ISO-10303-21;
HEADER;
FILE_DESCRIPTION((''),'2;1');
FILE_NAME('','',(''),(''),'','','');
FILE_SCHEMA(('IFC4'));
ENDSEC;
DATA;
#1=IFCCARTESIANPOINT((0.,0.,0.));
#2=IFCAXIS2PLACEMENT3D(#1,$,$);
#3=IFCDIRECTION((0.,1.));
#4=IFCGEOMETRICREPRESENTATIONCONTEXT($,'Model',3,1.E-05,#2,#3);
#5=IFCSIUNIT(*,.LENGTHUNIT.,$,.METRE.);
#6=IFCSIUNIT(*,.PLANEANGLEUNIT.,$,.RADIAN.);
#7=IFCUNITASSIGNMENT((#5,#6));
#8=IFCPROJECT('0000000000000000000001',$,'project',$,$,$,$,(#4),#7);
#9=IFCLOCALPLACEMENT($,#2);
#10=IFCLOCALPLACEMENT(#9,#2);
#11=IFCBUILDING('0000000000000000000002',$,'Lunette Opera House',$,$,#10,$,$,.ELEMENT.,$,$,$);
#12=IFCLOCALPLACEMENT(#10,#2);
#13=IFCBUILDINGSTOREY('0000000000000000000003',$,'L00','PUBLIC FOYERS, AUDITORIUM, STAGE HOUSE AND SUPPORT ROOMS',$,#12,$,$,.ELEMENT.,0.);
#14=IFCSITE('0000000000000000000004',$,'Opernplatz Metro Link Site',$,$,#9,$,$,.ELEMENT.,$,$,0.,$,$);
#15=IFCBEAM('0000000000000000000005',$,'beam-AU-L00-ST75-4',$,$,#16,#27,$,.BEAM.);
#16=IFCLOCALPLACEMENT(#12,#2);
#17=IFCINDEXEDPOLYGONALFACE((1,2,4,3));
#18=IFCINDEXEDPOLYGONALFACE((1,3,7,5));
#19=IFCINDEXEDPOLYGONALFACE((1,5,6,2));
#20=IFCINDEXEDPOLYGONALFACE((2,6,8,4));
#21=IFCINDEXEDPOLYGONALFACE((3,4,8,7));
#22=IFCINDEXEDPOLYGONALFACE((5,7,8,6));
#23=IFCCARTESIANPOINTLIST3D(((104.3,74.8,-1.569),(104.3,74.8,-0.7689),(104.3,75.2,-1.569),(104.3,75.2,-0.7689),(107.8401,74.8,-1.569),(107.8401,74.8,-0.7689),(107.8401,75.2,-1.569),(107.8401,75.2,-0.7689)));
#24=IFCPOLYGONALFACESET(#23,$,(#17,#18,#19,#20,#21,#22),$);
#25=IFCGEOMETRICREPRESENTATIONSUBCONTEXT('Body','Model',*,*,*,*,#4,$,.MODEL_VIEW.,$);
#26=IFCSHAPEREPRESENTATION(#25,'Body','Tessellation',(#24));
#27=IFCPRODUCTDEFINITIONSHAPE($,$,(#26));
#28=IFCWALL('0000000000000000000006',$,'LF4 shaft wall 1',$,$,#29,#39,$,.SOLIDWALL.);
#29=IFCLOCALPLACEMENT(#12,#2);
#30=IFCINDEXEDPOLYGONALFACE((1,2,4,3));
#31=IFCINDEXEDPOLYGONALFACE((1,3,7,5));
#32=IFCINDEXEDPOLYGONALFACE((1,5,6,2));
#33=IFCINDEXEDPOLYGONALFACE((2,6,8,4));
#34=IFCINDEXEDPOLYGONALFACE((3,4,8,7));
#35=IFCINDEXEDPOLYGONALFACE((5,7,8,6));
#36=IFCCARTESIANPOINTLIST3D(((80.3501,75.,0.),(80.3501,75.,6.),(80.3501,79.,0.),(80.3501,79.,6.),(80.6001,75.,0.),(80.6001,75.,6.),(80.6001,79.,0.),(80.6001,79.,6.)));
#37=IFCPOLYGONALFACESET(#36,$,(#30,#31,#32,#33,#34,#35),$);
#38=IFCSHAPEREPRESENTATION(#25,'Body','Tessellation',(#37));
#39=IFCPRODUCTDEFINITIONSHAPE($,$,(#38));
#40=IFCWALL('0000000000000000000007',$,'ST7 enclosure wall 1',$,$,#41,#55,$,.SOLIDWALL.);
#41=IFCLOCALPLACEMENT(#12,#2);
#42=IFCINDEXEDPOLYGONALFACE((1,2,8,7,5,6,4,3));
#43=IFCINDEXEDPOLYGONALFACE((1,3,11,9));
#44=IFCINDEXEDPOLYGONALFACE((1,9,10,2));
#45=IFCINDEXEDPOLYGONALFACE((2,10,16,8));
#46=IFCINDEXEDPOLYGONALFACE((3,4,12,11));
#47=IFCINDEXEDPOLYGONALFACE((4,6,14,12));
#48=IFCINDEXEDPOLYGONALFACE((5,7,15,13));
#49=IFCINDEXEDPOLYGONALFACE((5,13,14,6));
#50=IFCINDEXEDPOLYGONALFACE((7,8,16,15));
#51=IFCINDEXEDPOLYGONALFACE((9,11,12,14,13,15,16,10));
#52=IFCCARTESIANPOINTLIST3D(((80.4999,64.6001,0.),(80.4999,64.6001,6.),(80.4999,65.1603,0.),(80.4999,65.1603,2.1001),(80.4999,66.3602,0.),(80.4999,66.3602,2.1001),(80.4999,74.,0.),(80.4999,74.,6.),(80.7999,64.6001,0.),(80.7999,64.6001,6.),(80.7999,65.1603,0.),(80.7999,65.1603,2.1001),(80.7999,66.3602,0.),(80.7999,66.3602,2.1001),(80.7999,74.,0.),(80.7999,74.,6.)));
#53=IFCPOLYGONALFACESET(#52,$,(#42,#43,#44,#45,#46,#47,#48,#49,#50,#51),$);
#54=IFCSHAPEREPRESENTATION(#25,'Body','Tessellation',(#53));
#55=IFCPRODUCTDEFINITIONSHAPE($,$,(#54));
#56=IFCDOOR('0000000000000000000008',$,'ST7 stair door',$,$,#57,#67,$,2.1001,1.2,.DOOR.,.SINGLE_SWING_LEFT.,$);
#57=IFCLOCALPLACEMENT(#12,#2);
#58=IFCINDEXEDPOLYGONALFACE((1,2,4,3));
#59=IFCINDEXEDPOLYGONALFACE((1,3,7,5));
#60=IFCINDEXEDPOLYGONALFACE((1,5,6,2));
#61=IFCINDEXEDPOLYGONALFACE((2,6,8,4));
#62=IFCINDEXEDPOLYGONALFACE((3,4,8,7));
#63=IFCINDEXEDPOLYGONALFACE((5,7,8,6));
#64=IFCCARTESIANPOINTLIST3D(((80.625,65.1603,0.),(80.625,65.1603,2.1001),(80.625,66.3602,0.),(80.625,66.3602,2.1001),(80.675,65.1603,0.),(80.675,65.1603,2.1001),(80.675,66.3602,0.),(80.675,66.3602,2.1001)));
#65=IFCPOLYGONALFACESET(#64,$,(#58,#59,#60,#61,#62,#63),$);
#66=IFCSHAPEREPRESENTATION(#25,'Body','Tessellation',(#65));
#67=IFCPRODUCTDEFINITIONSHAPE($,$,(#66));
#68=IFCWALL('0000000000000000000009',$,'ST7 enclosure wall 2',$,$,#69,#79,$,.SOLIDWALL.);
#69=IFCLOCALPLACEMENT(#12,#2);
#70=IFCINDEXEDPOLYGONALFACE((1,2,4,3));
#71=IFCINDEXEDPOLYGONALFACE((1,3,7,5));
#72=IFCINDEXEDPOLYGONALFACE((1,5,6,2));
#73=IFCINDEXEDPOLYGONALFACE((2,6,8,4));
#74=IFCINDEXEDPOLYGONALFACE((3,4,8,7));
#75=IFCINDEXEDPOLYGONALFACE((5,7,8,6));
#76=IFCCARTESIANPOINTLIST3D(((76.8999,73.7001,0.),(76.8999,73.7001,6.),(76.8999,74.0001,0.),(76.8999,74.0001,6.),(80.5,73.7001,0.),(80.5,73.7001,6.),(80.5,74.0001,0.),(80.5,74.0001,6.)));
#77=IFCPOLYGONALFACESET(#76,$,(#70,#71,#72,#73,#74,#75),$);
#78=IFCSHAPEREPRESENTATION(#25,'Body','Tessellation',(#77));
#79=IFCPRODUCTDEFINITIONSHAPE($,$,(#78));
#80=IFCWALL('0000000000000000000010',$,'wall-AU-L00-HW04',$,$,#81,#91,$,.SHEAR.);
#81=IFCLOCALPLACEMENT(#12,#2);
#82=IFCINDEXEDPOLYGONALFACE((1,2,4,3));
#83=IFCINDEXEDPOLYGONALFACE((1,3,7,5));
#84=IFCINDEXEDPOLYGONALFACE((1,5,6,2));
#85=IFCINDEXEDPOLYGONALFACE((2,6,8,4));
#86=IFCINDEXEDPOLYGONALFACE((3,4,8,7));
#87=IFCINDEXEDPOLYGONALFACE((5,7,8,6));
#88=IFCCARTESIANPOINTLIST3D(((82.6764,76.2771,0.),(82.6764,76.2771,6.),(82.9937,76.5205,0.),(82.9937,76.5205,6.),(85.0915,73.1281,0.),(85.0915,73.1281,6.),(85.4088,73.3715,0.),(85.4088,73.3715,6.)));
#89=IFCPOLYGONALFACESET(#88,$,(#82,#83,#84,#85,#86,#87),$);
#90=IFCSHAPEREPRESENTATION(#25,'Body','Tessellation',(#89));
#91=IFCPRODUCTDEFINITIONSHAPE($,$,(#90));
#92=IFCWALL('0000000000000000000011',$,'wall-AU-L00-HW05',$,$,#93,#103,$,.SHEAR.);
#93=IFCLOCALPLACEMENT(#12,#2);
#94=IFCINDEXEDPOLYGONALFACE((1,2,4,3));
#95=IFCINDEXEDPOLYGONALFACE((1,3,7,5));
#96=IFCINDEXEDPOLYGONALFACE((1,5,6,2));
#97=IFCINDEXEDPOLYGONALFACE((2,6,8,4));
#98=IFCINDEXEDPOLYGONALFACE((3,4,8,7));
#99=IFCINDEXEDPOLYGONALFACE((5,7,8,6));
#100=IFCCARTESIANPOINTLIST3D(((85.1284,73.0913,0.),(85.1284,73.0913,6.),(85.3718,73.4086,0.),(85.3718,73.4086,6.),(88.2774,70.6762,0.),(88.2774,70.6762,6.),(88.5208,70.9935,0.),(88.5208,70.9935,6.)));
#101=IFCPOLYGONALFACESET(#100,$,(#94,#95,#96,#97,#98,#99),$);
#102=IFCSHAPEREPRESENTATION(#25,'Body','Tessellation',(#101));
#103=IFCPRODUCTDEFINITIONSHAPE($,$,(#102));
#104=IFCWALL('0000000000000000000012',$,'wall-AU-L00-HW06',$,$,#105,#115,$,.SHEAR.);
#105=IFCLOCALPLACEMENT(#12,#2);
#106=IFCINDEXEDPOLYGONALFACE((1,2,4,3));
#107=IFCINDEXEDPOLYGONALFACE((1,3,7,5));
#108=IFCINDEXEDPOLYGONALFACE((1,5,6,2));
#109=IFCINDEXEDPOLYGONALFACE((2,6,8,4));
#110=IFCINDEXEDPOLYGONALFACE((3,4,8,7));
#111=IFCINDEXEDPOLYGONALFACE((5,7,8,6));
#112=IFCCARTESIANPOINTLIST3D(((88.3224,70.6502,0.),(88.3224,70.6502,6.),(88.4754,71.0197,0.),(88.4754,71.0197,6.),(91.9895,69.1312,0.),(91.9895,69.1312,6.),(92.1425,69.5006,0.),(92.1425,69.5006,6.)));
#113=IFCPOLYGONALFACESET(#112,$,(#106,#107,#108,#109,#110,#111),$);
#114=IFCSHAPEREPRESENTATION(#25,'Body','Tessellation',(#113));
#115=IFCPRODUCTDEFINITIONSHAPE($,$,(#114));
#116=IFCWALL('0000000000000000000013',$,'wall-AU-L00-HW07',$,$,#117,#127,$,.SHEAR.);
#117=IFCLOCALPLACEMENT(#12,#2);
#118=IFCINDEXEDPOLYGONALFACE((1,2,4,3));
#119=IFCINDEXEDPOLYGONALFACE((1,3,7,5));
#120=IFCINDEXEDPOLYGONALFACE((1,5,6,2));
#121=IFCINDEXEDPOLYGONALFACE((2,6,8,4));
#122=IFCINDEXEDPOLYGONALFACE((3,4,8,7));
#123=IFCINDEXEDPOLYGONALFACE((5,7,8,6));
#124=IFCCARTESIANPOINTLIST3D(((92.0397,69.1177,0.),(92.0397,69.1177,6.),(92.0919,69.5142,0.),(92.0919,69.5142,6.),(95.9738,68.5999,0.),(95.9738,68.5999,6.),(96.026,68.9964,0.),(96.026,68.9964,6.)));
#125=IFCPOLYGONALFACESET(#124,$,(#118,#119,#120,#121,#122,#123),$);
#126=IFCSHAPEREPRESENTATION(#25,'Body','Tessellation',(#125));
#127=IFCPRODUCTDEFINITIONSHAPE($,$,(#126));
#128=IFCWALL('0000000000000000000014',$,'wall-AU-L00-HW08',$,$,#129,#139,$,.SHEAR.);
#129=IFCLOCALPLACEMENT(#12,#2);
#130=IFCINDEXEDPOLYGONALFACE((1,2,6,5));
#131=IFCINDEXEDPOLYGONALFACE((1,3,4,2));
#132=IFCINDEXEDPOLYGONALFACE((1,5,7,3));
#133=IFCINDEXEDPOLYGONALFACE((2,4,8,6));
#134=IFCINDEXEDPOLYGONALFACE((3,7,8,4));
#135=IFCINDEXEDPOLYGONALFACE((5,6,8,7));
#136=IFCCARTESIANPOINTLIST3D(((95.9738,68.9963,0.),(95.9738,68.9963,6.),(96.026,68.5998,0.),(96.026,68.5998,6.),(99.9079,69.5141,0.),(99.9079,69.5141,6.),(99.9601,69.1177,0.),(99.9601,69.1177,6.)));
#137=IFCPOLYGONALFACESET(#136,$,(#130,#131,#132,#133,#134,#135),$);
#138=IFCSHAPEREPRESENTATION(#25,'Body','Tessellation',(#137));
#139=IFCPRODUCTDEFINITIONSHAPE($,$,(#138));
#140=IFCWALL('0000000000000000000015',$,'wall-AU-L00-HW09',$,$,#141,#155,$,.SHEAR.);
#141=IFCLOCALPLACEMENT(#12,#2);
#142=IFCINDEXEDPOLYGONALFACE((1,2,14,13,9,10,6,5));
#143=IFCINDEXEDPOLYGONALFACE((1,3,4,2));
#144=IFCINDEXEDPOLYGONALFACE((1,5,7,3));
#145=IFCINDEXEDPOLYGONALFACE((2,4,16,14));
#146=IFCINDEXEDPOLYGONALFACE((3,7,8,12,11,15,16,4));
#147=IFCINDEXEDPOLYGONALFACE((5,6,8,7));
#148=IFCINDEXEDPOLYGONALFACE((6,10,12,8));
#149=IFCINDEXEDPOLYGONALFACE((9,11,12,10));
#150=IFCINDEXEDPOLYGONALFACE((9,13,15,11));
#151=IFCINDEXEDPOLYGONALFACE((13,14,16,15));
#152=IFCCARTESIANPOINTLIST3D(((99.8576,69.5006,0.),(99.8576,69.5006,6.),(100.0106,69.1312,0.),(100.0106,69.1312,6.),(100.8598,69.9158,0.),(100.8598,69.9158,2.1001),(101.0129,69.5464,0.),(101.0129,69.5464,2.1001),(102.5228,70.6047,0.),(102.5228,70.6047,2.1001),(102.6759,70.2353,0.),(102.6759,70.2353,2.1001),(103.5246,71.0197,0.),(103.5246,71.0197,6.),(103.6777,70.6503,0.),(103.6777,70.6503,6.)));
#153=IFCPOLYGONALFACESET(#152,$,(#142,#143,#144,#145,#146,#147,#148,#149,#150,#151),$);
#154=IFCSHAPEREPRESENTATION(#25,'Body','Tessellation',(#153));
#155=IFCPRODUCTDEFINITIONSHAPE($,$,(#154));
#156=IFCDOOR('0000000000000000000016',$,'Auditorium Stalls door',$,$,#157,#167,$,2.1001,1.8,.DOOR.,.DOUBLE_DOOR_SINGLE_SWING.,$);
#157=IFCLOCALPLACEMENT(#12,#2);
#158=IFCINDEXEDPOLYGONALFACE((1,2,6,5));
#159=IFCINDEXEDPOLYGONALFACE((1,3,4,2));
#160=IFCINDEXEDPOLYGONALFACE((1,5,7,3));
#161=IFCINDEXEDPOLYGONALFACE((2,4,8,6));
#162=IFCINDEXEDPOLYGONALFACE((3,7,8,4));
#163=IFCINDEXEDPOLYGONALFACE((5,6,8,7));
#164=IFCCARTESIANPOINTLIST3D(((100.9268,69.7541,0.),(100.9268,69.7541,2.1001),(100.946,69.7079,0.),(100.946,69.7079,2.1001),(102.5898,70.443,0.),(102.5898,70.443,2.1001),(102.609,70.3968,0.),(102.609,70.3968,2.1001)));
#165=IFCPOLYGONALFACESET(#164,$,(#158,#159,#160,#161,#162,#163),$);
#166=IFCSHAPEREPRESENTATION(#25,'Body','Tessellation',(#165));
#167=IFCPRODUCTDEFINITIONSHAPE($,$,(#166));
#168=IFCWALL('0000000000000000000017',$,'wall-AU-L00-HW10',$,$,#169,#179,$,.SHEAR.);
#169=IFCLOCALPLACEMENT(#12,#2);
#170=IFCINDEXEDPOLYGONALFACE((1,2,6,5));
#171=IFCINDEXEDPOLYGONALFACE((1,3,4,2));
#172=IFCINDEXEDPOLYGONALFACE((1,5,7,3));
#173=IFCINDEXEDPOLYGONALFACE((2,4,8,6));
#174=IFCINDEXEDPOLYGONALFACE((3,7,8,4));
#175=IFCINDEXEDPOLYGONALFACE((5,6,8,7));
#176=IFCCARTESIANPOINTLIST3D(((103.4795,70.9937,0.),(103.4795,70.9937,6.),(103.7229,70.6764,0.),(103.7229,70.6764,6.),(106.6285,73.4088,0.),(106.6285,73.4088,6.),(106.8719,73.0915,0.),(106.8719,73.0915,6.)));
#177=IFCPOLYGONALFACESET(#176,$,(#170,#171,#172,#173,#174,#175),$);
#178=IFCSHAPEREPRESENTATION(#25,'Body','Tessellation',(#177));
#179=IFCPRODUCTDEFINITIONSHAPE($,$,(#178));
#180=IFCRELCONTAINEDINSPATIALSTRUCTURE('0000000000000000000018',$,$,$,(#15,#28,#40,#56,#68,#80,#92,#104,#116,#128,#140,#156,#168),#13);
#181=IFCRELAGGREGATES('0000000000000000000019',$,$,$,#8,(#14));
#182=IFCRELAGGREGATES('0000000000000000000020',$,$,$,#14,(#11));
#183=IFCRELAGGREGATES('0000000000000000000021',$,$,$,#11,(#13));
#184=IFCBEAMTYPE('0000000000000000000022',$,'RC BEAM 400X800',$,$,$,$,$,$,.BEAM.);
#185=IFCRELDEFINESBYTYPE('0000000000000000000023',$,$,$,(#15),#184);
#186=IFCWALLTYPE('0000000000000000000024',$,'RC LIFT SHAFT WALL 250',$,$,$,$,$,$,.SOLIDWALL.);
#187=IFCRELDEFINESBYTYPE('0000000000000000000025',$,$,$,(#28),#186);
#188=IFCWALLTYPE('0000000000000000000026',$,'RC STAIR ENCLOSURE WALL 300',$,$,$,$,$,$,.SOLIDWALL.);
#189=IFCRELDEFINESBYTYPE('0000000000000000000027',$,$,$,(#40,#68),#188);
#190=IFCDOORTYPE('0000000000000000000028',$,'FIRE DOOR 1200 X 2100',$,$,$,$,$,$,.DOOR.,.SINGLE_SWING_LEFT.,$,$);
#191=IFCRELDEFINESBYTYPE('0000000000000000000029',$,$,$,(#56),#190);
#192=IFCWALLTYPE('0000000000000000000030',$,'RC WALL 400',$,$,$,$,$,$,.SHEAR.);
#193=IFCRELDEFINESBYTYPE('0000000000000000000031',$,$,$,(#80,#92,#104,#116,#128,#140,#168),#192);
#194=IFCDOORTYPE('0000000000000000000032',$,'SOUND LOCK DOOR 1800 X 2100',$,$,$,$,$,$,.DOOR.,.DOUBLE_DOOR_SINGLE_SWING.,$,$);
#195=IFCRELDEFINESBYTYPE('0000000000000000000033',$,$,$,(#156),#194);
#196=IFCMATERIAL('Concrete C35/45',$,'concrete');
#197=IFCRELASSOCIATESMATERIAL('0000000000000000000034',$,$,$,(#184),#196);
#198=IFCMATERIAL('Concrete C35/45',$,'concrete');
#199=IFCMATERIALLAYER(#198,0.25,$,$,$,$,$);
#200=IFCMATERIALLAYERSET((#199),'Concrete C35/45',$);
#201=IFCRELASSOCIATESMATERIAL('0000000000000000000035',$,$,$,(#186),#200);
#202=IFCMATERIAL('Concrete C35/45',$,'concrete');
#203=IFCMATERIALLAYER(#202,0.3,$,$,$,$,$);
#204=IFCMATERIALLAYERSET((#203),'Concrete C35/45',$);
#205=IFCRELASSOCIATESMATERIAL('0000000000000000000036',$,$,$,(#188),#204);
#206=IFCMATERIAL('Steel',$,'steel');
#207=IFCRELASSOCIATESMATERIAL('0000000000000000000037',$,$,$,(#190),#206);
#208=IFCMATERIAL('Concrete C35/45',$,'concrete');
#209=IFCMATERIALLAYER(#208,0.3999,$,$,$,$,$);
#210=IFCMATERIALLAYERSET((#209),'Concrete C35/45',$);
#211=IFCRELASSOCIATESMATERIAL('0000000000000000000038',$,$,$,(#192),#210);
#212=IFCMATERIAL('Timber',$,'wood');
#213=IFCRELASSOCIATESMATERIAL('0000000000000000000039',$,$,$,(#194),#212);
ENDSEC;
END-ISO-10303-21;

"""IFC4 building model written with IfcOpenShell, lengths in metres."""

from ifc_helpers import new_model, si_unit, direction, frame, frame_2d, origin, origin_2d, place, context, subcontext, project, spatial, rectangle, extrude, material, layer, layer_set, material_profile, profile_set, type_object, element, fill, save


model = new_model("IFC4")

# Units and contexts
model_context = context("Model", 3, precision=1e-05, world=origin(), true_north=direction((0.0, 1.0)))
body_context = subcontext(model_context, "Body", "Model", "MODEL_VIEW")
ifc_project = project(units=[si_unit("LENGTHUNIT", "METRE"), si_unit("PLANEANGLEUNIT", "RADIAN")], contexts=[model_context])

# Site, building, storey
site_placement = place(None, origin())
site = spatial("IfcSite", under=ifc_project, at=site_placement, Name="Opernplatz Metro Link Site", CompositionType="ELEMENT", RefElevation=0.0)
building_placement = place(site_placement, origin())
building = spatial("IfcBuilding", under=site, at=building_placement, Name="Lunette Opera House", CompositionType="ELEMENT")
storey_placement = place(building_placement, origin())
storey = spatial("IfcBuildingStorey", under=building, at=storey_placement, Name="L00", Description="PUBLIC FOYERS, AUDITORIUM, STAGE HOUSE AND SUPPORT ROOMS", CompositionType="ELEMENT", Elevation=0.0)

# Beam
ifc_material_1 = material(Name="Concrete C35/45", Category="concrete")
ifc_material_profile_1 = material_profile(ifc_material_1, rectangle(XDim=0.3999, YDim=0.8, at=origin_2d()), Name="RC BEAM 400X800")
ifc_profile_set_1 = profile_set([ifc_material_profile_1], Name="Concrete C35/45")
beam_type = type_object("IfcBeamType", Name="RC BEAM 400X800", PredefinedType="BEAM", material=ifc_profile_set_1)
beam_1_placement = place(storey_placement, frame((104.3, 75.0, -1.1689), z_axis=(1.0, 0.0, 0.0), x_axis=(0.0, 1.0, 0.0)))
element("IfcBeam", 1, at=beam_1_placement, inside=storey, type_object=beam_type, Name="beam-AU-L00-ST75-4", PredefinedType="BEAM", context=body_context, shape_type="SweptSolid", body=[
    extrude(rectangle(XDim=0.3999, YDim=0.8, at=origin_2d()), origin(), (0.0, 0.0, 1.0), 3.54),
])

# Wall
ifc_material_2 = material(Name="Concrete C35/45", Category="concrete")
ifc_layer_1 = layer(ifc_material_2, 0.25)
ifc_layer_set_1 = layer_set([ifc_layer_1], Name="Concrete C35/45")
wall_type_1 = type_object("IfcWallType", Name="RC LIFT SHAFT WALL 250", PredefinedType="SOLIDWALL", material=ifc_layer_set_1)
wall_1_placement = place(storey_placement, frame((80.4751, 75.0, 0.0), z_axis=(0.0, 0.0, 1.0), x_axis=(0.0, 1.0, 0.0)))
element("IfcWall", 2, at=wall_1_placement, inside=storey, type_object=wall_type_1, Name="LF4 shaft wall 1", PredefinedType="SOLIDWALL", context=body_context, shape_type="SweptSolid", body=[
    extrude(rectangle(XDim=4.0, YDim=0.25, at=frame_2d((2.0, 0.0))), origin(), (0.0, 0.0, 1.0), 6.0),
])

# Wall, opening, door
ifc_material_3 = material(Name="Concrete C35/45", Category="concrete")
ifc_layer_2 = layer(ifc_material_3, 0.3)
ifc_layer_set_2 = layer_set([ifc_layer_2], Name="Concrete C35/45")
wall_type_2 = type_object("IfcWallType", Name="RC STAIR ENCLOSURE WALL 300", PredefinedType="SOLIDWALL", material=ifc_layer_set_2)
wall_2_placement = place(storey_placement, frame((80.6499, 64.6001, 0.0), z_axis=(0.0, 0.0, 1.0), x_axis=(0.0, 1.0, 0.0)))
wall_2 = element("IfcWall", 3, at=wall_2_placement, inside=storey, type_object=wall_type_2, Name="ST7 enclosure wall 1", PredefinedType="SOLIDWALL", context=body_context, shape_type="SweptSolid", body=[
    extrude(rectangle(XDim=9.3999, YDim=0.3, at=frame_2d((4.7, 0.0))), origin(), (0.0, 0.0, 1.0), 6.0),
])
opening_1_placement = place(wall_2_placement, frame((0.5601, 0.0, 0.0)))
opening_1 = element("IfcOpeningElement", 4, at=opening_1_placement, cuts=wall_2, PredefinedType="OPENING", context=body_context, shape_type="SweptSolid", body=[
    extrude(rectangle(XDim=1.2, YDim=2.1001, at=frame_2d((0.6001, 1.05))), frame((0.0, 0.1621, 0.0), z_axis=(0.0, -1.0, 0.0), x_axis=(1.0, 0.0, 0.0)), (0.0, 0.0, 1.0), 0.324),
])
ifc_material_4 = material(Name="Steel", Category="steel")
door_type_1 = type_object("IfcDoorType", Name="FIRE DOOR 1200 X 2100", OperationType="SINGLE_SWING_LEFT", PredefinedType="DOOR", material=ifc_material_4)
door_1_placement = place(opening_1_placement, origin())
door_1 = element("IfcDoor", 5, at=door_1_placement, inside=storey, type_object=door_type_1, Name="ST7 stair door", OperationType="SINGLE_SWING_LEFT", OverallHeight=2.1001, OverallWidth=1.2, PredefinedType="DOOR", context=body_context, shape_type="SweptSolid", body=[
    extrude(rectangle(XDim=1.2, YDim=2.1001, at=frame_2d((0.6001, 1.05))), frame((0.0, 0.0249, 0.0), z_axis=(0.0, -1.0, 0.0), x_axis=(1.0, 0.0, 0.0)), (0.0, 0.0, 1.0), 0.05),
])
fill(opening_1, door_1)

# Walls
wall_3_placement = place(storey_placement, frame((80.5, 73.8501, 0.0), z_axis=(0.0, 0.0, 1.0), x_axis=(-1.0, 0.0, 0.0)))
element("IfcWall", 6, at=wall_3_placement, inside=storey, type_object=wall_type_2, Name="ST7 enclosure wall 2", PredefinedType="SOLIDWALL", context=body_context, shape_type="SweptSolid", body=[
    extrude(rectangle(XDim=3.6001, YDim=0.3, at=frame_2d((1.8, 0.0))), origin(), (0.0, 0.0, 1.0), 6.0),
])
ifc_material_5 = material(Name="Concrete C35/45", Category="concrete")
ifc_layer_3 = layer(ifc_material_5, 0.3999)
ifc_layer_set_3 = layer_set([ifc_layer_3], Name="Concrete C35/45")
wall_type_3 = type_object("IfcWallType", Name="RC WALL 400", PredefinedType="SHEAR", material=ifc_layer_set_3)
for number, where, z_axis, x_axis, name in (
    (7, (82.835, 76.3989, 0.0), (0.0, 0.0, 1.0), (0.608568, -0.793501, 0.0), "wall-AU-L00-HW04"),
    (8, (85.25, 73.25, 0.0), (0.0, 0.0, 1.0), (0.793501, -0.608568, 0.0), "wall-AU-L00-HW05"),
):
    element("IfcWall", number, at=place(storey_placement, frame(where, z_axis=z_axis, x_axis=x_axis)), inside=storey, type_object=wall_type_3, Name=name, PredefinedType="SHEAR", context=body_context, shape_type="SweptSolid", body=[
        extrude(rectangle(XDim=3.9685, YDim=0.3999, at=frame_2d((1.9844, 0.0))), origin(), (0.0, 0.0, 1.0), 6.0),
    ])
wall_4_placement = place(storey_placement, frame((88.3989, 70.835, 0.0), z_axis=(0.0, 0.0, 1.0), x_axis=(0.923868, -0.38271, 0.0)))
element("IfcWall", 9, at=wall_4_placement, inside=storey, type_object=wall_type_3, Name="wall-AU-L00-HW06", PredefinedType="SHEAR", context=body_context, shape_type="SweptSolid", body=[
    extrude(rectangle(XDim=3.9692, YDim=0.3999, at=frame_2d((1.9846, 0.0))), origin(), (0.0, 0.0, 1.0), 6.0),
])
for number, where, z_axis, x_axis, name in (
    (10, (92.0659, 69.3159, 0.0), (0.0, 0.0, 1.0), (0.991448, -0.130499, 0.0), "wall-AU-L00-HW07"),
    (11, (96.0, 68.7981, 0.0), (0.0, 0.0, 1.0), (0.991448, 0.130499, 0.0), "wall-AU-L00-HW08"),
):
    element("IfcWall", number, at=place(storey_placement, frame(where, z_axis=z_axis, x_axis=x_axis)), inside=storey, type_object=wall_type_3, Name=name, PredefinedType="SHEAR", context=body_context, shape_type="SweptSolid", body=[
        extrude(rectangle(XDim=3.968, YDim=0.3999, at=frame_2d((1.9839, 0.0))), origin(), (0.0, 0.0, 1.0), 6.0),
    ])

# Wall, opening, door
wall_5_placement = place(storey_placement, frame((99.9341, 69.3159, 0.0), z_axis=(0.0, 0.0, 1.0), x_axis=(0.923868, 0.38271, 0.0)))
wall_5 = element("IfcWall", 12, at=wall_5_placement, inside=storey, type_object=wall_type_3, Name="wall-AU-L00-HW09", PredefinedType="SHEAR", context=body_context, shape_type="SweptSolid", body=[
    extrude(rectangle(XDim=3.9692, YDim=0.3999, at=frame_2d((1.9846, 0.0))), origin(), (0.0, 0.0, 1.0), 6.0),
])
opening_2_placement = place(wall_5_placement, frame((1.085, 0.0, 0.0)))
opening_2 = element("IfcOpeningElement", 13, at=opening_2_placement, cuts=wall_5, PredefinedType="OPENING", context=body_context, shape_type="SweptSolid", body=[
    extrude(rectangle(XDim=1.8, YDim=2.1001, at=frame_2d((0.8999, 1.05))), frame((0.0, 0.2119, 0.0), z_axis=(0.0, -1.0, 0.0), x_axis=(1.0, 0.0, 0.0)), (0.0, 0.0, 1.0), 0.4238),
])
ifc_material_6 = material(Name="Timber", Category="wood")
door_type_2 = type_object("IfcDoorType", Name="SOUND LOCK DOOR 1800 X 2100", OperationType="DOUBLE_DOOR_SINGLE_SWING", PredefinedType="DOOR", material=ifc_material_6)
door_2_placement = place(opening_2_placement, origin())
door_2 = element("IfcDoor", 14, at=door_2_placement, inside=storey, type_object=door_type_2, Name="Auditorium Stalls door", OperationType="DOUBLE_DOOR_SINGLE_SWING", OverallHeight=2.1001, OverallWidth=1.8, PredefinedType="DOOR", context=body_context, shape_type="SweptSolid", body=[
    extrude(rectangle(XDim=1.8, YDim=2.1001, at=frame_2d((0.8999, 1.05))), frame((0.0, 0.0249, 0.0), z_axis=(0.0, -1.0, 0.0), x_axis=(1.0, 0.0, 0.0)), (0.0, 0.0, 1.0), 0.05),
])
fill(opening_2, door_2)

# Wall
wall_6_placement = place(storey_placement, frame((103.6011, 70.835, 0.0), z_axis=(0.0, 0.0, 1.0), x_axis=(0.793501, 0.608568, 0.0)))
element("IfcWall", 15, at=wall_6_placement, inside=storey, type_object=wall_type_3, Name="wall-AU-L00-HW10", PredefinedType="SHEAR", context=body_context, shape_type="SweptSolid", body=[
    extrude(rectangle(XDim=3.9685, YDim=0.3999, at=frame_2d((1.9844, 0.0))), origin(), (0.0, 0.0, 1.0), 6.0),
])

save(model, "model.ifc")
